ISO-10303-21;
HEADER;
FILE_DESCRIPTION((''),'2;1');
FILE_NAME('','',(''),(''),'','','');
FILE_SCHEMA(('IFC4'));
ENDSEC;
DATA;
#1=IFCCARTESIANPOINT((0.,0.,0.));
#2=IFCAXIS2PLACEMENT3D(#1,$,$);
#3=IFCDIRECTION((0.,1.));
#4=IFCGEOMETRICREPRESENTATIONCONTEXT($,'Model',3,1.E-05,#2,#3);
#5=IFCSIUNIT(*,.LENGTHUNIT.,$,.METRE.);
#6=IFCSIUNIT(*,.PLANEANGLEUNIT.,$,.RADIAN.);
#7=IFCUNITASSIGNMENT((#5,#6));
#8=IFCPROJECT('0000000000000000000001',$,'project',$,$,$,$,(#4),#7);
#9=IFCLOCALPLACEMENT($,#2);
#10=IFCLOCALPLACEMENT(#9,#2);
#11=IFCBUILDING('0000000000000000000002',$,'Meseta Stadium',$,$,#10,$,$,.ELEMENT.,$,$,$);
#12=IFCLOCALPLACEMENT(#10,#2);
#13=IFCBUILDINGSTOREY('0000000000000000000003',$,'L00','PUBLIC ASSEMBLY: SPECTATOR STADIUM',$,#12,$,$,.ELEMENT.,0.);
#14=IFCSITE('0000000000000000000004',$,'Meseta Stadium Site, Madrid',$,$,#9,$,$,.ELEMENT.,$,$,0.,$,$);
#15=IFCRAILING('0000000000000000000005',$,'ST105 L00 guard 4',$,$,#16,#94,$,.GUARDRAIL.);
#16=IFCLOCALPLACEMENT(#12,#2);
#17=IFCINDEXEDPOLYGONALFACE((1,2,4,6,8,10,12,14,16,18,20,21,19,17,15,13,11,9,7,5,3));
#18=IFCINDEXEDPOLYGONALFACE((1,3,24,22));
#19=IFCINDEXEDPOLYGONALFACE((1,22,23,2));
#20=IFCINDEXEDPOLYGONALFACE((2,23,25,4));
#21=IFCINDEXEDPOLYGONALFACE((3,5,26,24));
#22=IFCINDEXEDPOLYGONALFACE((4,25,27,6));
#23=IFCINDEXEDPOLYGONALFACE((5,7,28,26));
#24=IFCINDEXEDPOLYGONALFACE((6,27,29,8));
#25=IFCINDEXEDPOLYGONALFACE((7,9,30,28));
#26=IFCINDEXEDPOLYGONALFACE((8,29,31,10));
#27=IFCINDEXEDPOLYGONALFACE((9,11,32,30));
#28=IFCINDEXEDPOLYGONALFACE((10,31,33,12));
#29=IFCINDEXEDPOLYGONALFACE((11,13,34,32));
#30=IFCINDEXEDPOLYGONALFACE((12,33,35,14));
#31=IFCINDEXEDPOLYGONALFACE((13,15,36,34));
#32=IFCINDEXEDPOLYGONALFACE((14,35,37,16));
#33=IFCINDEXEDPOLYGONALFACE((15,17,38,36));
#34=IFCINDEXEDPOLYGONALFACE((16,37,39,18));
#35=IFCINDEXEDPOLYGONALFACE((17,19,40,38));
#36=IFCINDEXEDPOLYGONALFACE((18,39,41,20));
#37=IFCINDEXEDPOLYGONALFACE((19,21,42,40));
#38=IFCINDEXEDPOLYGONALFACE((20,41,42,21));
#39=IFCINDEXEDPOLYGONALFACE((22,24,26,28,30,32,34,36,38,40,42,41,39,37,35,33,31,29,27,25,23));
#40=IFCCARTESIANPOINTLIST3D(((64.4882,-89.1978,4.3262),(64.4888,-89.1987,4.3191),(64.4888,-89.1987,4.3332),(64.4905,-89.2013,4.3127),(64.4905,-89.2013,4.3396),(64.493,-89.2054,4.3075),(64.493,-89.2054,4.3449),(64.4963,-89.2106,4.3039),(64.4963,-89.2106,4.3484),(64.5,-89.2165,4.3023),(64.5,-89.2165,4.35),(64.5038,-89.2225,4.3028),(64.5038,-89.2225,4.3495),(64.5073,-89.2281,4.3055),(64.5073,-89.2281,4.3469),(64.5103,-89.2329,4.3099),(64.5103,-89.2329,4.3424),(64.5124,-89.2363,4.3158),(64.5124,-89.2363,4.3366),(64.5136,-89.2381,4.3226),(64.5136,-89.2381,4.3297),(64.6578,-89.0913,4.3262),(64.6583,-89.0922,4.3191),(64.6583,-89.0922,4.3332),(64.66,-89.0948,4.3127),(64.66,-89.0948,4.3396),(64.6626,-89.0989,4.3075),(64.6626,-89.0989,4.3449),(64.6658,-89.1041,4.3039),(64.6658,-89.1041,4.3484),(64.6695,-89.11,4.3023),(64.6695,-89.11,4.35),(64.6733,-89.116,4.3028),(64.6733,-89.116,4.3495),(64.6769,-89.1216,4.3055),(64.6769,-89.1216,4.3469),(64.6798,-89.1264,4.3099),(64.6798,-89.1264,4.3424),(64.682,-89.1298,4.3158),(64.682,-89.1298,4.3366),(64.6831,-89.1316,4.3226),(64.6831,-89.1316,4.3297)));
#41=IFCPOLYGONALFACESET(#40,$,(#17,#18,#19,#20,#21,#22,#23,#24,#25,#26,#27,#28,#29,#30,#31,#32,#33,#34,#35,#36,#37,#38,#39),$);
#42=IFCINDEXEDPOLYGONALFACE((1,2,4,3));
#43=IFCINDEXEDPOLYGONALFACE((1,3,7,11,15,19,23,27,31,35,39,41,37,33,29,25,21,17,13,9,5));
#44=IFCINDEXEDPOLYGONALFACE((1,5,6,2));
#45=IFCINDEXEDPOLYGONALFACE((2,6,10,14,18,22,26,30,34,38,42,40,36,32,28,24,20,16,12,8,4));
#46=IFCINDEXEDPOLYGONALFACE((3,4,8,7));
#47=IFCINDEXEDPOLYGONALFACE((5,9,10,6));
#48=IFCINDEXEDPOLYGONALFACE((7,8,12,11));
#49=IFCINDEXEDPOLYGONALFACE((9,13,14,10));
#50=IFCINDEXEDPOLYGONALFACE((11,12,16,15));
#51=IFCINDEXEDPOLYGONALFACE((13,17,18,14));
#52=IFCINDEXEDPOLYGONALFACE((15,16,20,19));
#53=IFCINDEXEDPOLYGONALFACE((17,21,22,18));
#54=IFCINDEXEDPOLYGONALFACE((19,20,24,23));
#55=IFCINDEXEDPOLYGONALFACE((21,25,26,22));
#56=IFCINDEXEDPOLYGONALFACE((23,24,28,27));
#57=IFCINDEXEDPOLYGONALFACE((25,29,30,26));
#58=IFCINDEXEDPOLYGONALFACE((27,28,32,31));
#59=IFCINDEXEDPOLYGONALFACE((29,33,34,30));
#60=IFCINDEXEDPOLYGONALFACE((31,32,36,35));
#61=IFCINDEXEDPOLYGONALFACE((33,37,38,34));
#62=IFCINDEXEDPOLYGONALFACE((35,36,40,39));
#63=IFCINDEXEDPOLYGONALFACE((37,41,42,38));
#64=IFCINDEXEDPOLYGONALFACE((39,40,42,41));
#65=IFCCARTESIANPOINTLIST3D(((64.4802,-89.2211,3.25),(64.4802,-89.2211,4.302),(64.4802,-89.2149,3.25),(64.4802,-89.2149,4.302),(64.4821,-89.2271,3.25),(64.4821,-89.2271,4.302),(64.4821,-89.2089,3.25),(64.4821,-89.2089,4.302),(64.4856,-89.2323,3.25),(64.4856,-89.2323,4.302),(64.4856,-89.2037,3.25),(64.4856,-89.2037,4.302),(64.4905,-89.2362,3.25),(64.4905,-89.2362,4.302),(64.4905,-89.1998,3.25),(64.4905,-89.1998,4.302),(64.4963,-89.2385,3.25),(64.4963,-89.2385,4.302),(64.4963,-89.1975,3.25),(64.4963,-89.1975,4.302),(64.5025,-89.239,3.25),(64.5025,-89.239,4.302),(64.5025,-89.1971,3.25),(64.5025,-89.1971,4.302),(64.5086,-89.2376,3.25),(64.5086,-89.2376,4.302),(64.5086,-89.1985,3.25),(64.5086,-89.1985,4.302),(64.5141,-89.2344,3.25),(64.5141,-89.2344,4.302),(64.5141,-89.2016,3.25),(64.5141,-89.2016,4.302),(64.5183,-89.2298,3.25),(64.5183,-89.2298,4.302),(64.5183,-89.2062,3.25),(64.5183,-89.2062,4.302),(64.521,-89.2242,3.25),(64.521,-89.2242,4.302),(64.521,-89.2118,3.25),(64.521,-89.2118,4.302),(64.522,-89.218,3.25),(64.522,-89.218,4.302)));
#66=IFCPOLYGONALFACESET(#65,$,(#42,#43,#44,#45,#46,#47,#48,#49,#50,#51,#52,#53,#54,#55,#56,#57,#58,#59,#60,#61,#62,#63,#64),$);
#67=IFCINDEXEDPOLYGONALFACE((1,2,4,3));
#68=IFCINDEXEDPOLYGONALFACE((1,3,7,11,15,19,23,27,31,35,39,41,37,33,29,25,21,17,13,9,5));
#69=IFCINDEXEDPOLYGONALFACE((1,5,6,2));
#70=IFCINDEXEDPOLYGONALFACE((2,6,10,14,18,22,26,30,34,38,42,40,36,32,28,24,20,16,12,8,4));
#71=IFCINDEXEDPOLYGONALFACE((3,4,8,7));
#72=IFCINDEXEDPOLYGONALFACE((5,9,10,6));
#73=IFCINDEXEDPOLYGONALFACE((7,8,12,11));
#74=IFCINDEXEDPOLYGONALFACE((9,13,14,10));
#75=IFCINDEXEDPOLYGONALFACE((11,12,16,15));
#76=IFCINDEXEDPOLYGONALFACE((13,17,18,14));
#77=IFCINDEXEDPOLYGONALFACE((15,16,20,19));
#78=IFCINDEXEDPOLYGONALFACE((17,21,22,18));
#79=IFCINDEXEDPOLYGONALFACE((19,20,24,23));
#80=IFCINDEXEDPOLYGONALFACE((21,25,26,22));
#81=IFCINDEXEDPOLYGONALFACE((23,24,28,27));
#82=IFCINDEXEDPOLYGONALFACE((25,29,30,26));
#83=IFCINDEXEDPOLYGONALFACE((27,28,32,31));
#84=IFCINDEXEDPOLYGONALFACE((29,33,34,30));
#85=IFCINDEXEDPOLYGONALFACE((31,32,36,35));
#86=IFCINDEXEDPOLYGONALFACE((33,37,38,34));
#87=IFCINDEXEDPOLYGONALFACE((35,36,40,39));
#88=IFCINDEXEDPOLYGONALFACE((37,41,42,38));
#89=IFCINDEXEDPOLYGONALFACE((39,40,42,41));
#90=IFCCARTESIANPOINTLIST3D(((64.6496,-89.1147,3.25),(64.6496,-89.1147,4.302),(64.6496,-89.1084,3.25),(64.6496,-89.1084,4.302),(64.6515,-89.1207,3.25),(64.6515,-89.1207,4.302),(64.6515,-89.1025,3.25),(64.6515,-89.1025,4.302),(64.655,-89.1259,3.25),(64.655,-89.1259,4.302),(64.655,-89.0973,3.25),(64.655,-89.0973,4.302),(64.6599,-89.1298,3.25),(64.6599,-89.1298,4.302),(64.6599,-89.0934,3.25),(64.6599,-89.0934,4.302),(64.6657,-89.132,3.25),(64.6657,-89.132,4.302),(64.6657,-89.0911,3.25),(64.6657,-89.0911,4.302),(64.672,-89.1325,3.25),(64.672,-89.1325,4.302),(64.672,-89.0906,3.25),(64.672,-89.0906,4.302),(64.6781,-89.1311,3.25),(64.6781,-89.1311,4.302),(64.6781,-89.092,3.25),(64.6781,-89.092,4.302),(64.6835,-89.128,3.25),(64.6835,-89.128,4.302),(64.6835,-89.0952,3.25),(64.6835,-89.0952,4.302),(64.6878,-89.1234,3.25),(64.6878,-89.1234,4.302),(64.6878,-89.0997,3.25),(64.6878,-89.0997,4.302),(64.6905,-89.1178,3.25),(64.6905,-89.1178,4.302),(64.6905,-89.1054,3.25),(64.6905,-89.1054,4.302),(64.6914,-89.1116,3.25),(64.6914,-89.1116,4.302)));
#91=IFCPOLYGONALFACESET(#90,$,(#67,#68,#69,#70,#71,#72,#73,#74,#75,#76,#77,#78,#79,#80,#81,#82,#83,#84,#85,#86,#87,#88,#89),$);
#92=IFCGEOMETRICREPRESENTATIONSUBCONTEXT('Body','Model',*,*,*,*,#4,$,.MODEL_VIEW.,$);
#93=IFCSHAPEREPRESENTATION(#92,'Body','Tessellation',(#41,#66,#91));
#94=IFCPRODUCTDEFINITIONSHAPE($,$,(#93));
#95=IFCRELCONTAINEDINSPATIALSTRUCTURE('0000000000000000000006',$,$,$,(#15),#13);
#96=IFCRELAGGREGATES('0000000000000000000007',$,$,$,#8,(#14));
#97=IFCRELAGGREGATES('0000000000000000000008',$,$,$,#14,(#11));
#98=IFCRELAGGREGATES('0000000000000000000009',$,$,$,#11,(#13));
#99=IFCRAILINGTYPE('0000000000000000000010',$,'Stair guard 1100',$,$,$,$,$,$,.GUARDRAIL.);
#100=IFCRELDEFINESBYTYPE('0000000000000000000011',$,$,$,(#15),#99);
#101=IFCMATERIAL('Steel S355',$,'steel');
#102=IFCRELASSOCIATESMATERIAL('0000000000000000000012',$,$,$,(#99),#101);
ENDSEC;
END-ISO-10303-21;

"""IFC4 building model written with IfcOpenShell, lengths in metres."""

from ifc_helpers import new_model, si_unit, direction, frame, origin, origin_2d, place, context, subcontext, project, spatial, circle, extrude, material, type_object, element, save


model = new_model("IFC4")

# Units and contexts
model_context = context("Model", 3, precision=1e-05, world=origin(), true_north=direction((0.0, 1.0)))
body_context = subcontext(model_context, "Body", "Model", "MODEL_VIEW")
ifc_project = project(units=[si_unit("LENGTHUNIT", "METRE"), si_unit("PLANEANGLEUNIT", "RADIAN")], contexts=[model_context])

# Site, building, storey
site_placement = place(None, origin())
site = spatial("IfcSite", under=ifc_project, at=site_placement, Name="Meseta Stadium Site, Madrid", CompositionType="ELEMENT", RefElevation=0.0)
building_placement = place(site_placement, origin())
building = spatial("IfcBuilding", under=site, at=building_placement, Name="Meseta Stadium", CompositionType="ELEMENT")
storey_placement = place(building_placement, origin())
storey = spatial("IfcBuildingStorey", under=building, at=storey_placement, Name="L00", Description="PUBLIC ASSEMBLY: SPECTATOR STADIUM", CompositionType="ELEMENT", Elevation=0.0)

# Railing
ifc_material_1 = material(Name="Steel S355", Category="steel")
railing_type = type_object("IfcRailingType", Name="Stair guard 1100", PredefinedType="GUARDRAIL", material=ifc_material_1)
railing_placement = place(storey_placement, frame((64.501, -89.218, 3.25)))
element("IfcRailing", 1, at=railing_placement, inside=storey, type_object=railing_type, Name="ST105 L00 guard 4", PredefinedType="GUARDRAIL", context=body_context, shape_type="SweptSolid", body=[
    extrude(circle(Radius=0.0239, at=origin_2d()), frame((0.0, 0.0, 1.0762), z_axis=(0.846762, 0.531972, 0.0), x_axis=(-0.531972, 0.846762, 0.0)), (0.0, 0.0, 1.0), 0.2002),
    extrude(circle(Radius=0.021, at=origin_2d()), origin(), (0.0, 0.0, 1.0), 1.052),
    extrude(circle(Radius=0.021, at=origin_2d()), frame((0.1694, 0.1064, 0.0)), (0.0, 0.0, 1.0), 1.052),
])

save(model, "model.ifc")
